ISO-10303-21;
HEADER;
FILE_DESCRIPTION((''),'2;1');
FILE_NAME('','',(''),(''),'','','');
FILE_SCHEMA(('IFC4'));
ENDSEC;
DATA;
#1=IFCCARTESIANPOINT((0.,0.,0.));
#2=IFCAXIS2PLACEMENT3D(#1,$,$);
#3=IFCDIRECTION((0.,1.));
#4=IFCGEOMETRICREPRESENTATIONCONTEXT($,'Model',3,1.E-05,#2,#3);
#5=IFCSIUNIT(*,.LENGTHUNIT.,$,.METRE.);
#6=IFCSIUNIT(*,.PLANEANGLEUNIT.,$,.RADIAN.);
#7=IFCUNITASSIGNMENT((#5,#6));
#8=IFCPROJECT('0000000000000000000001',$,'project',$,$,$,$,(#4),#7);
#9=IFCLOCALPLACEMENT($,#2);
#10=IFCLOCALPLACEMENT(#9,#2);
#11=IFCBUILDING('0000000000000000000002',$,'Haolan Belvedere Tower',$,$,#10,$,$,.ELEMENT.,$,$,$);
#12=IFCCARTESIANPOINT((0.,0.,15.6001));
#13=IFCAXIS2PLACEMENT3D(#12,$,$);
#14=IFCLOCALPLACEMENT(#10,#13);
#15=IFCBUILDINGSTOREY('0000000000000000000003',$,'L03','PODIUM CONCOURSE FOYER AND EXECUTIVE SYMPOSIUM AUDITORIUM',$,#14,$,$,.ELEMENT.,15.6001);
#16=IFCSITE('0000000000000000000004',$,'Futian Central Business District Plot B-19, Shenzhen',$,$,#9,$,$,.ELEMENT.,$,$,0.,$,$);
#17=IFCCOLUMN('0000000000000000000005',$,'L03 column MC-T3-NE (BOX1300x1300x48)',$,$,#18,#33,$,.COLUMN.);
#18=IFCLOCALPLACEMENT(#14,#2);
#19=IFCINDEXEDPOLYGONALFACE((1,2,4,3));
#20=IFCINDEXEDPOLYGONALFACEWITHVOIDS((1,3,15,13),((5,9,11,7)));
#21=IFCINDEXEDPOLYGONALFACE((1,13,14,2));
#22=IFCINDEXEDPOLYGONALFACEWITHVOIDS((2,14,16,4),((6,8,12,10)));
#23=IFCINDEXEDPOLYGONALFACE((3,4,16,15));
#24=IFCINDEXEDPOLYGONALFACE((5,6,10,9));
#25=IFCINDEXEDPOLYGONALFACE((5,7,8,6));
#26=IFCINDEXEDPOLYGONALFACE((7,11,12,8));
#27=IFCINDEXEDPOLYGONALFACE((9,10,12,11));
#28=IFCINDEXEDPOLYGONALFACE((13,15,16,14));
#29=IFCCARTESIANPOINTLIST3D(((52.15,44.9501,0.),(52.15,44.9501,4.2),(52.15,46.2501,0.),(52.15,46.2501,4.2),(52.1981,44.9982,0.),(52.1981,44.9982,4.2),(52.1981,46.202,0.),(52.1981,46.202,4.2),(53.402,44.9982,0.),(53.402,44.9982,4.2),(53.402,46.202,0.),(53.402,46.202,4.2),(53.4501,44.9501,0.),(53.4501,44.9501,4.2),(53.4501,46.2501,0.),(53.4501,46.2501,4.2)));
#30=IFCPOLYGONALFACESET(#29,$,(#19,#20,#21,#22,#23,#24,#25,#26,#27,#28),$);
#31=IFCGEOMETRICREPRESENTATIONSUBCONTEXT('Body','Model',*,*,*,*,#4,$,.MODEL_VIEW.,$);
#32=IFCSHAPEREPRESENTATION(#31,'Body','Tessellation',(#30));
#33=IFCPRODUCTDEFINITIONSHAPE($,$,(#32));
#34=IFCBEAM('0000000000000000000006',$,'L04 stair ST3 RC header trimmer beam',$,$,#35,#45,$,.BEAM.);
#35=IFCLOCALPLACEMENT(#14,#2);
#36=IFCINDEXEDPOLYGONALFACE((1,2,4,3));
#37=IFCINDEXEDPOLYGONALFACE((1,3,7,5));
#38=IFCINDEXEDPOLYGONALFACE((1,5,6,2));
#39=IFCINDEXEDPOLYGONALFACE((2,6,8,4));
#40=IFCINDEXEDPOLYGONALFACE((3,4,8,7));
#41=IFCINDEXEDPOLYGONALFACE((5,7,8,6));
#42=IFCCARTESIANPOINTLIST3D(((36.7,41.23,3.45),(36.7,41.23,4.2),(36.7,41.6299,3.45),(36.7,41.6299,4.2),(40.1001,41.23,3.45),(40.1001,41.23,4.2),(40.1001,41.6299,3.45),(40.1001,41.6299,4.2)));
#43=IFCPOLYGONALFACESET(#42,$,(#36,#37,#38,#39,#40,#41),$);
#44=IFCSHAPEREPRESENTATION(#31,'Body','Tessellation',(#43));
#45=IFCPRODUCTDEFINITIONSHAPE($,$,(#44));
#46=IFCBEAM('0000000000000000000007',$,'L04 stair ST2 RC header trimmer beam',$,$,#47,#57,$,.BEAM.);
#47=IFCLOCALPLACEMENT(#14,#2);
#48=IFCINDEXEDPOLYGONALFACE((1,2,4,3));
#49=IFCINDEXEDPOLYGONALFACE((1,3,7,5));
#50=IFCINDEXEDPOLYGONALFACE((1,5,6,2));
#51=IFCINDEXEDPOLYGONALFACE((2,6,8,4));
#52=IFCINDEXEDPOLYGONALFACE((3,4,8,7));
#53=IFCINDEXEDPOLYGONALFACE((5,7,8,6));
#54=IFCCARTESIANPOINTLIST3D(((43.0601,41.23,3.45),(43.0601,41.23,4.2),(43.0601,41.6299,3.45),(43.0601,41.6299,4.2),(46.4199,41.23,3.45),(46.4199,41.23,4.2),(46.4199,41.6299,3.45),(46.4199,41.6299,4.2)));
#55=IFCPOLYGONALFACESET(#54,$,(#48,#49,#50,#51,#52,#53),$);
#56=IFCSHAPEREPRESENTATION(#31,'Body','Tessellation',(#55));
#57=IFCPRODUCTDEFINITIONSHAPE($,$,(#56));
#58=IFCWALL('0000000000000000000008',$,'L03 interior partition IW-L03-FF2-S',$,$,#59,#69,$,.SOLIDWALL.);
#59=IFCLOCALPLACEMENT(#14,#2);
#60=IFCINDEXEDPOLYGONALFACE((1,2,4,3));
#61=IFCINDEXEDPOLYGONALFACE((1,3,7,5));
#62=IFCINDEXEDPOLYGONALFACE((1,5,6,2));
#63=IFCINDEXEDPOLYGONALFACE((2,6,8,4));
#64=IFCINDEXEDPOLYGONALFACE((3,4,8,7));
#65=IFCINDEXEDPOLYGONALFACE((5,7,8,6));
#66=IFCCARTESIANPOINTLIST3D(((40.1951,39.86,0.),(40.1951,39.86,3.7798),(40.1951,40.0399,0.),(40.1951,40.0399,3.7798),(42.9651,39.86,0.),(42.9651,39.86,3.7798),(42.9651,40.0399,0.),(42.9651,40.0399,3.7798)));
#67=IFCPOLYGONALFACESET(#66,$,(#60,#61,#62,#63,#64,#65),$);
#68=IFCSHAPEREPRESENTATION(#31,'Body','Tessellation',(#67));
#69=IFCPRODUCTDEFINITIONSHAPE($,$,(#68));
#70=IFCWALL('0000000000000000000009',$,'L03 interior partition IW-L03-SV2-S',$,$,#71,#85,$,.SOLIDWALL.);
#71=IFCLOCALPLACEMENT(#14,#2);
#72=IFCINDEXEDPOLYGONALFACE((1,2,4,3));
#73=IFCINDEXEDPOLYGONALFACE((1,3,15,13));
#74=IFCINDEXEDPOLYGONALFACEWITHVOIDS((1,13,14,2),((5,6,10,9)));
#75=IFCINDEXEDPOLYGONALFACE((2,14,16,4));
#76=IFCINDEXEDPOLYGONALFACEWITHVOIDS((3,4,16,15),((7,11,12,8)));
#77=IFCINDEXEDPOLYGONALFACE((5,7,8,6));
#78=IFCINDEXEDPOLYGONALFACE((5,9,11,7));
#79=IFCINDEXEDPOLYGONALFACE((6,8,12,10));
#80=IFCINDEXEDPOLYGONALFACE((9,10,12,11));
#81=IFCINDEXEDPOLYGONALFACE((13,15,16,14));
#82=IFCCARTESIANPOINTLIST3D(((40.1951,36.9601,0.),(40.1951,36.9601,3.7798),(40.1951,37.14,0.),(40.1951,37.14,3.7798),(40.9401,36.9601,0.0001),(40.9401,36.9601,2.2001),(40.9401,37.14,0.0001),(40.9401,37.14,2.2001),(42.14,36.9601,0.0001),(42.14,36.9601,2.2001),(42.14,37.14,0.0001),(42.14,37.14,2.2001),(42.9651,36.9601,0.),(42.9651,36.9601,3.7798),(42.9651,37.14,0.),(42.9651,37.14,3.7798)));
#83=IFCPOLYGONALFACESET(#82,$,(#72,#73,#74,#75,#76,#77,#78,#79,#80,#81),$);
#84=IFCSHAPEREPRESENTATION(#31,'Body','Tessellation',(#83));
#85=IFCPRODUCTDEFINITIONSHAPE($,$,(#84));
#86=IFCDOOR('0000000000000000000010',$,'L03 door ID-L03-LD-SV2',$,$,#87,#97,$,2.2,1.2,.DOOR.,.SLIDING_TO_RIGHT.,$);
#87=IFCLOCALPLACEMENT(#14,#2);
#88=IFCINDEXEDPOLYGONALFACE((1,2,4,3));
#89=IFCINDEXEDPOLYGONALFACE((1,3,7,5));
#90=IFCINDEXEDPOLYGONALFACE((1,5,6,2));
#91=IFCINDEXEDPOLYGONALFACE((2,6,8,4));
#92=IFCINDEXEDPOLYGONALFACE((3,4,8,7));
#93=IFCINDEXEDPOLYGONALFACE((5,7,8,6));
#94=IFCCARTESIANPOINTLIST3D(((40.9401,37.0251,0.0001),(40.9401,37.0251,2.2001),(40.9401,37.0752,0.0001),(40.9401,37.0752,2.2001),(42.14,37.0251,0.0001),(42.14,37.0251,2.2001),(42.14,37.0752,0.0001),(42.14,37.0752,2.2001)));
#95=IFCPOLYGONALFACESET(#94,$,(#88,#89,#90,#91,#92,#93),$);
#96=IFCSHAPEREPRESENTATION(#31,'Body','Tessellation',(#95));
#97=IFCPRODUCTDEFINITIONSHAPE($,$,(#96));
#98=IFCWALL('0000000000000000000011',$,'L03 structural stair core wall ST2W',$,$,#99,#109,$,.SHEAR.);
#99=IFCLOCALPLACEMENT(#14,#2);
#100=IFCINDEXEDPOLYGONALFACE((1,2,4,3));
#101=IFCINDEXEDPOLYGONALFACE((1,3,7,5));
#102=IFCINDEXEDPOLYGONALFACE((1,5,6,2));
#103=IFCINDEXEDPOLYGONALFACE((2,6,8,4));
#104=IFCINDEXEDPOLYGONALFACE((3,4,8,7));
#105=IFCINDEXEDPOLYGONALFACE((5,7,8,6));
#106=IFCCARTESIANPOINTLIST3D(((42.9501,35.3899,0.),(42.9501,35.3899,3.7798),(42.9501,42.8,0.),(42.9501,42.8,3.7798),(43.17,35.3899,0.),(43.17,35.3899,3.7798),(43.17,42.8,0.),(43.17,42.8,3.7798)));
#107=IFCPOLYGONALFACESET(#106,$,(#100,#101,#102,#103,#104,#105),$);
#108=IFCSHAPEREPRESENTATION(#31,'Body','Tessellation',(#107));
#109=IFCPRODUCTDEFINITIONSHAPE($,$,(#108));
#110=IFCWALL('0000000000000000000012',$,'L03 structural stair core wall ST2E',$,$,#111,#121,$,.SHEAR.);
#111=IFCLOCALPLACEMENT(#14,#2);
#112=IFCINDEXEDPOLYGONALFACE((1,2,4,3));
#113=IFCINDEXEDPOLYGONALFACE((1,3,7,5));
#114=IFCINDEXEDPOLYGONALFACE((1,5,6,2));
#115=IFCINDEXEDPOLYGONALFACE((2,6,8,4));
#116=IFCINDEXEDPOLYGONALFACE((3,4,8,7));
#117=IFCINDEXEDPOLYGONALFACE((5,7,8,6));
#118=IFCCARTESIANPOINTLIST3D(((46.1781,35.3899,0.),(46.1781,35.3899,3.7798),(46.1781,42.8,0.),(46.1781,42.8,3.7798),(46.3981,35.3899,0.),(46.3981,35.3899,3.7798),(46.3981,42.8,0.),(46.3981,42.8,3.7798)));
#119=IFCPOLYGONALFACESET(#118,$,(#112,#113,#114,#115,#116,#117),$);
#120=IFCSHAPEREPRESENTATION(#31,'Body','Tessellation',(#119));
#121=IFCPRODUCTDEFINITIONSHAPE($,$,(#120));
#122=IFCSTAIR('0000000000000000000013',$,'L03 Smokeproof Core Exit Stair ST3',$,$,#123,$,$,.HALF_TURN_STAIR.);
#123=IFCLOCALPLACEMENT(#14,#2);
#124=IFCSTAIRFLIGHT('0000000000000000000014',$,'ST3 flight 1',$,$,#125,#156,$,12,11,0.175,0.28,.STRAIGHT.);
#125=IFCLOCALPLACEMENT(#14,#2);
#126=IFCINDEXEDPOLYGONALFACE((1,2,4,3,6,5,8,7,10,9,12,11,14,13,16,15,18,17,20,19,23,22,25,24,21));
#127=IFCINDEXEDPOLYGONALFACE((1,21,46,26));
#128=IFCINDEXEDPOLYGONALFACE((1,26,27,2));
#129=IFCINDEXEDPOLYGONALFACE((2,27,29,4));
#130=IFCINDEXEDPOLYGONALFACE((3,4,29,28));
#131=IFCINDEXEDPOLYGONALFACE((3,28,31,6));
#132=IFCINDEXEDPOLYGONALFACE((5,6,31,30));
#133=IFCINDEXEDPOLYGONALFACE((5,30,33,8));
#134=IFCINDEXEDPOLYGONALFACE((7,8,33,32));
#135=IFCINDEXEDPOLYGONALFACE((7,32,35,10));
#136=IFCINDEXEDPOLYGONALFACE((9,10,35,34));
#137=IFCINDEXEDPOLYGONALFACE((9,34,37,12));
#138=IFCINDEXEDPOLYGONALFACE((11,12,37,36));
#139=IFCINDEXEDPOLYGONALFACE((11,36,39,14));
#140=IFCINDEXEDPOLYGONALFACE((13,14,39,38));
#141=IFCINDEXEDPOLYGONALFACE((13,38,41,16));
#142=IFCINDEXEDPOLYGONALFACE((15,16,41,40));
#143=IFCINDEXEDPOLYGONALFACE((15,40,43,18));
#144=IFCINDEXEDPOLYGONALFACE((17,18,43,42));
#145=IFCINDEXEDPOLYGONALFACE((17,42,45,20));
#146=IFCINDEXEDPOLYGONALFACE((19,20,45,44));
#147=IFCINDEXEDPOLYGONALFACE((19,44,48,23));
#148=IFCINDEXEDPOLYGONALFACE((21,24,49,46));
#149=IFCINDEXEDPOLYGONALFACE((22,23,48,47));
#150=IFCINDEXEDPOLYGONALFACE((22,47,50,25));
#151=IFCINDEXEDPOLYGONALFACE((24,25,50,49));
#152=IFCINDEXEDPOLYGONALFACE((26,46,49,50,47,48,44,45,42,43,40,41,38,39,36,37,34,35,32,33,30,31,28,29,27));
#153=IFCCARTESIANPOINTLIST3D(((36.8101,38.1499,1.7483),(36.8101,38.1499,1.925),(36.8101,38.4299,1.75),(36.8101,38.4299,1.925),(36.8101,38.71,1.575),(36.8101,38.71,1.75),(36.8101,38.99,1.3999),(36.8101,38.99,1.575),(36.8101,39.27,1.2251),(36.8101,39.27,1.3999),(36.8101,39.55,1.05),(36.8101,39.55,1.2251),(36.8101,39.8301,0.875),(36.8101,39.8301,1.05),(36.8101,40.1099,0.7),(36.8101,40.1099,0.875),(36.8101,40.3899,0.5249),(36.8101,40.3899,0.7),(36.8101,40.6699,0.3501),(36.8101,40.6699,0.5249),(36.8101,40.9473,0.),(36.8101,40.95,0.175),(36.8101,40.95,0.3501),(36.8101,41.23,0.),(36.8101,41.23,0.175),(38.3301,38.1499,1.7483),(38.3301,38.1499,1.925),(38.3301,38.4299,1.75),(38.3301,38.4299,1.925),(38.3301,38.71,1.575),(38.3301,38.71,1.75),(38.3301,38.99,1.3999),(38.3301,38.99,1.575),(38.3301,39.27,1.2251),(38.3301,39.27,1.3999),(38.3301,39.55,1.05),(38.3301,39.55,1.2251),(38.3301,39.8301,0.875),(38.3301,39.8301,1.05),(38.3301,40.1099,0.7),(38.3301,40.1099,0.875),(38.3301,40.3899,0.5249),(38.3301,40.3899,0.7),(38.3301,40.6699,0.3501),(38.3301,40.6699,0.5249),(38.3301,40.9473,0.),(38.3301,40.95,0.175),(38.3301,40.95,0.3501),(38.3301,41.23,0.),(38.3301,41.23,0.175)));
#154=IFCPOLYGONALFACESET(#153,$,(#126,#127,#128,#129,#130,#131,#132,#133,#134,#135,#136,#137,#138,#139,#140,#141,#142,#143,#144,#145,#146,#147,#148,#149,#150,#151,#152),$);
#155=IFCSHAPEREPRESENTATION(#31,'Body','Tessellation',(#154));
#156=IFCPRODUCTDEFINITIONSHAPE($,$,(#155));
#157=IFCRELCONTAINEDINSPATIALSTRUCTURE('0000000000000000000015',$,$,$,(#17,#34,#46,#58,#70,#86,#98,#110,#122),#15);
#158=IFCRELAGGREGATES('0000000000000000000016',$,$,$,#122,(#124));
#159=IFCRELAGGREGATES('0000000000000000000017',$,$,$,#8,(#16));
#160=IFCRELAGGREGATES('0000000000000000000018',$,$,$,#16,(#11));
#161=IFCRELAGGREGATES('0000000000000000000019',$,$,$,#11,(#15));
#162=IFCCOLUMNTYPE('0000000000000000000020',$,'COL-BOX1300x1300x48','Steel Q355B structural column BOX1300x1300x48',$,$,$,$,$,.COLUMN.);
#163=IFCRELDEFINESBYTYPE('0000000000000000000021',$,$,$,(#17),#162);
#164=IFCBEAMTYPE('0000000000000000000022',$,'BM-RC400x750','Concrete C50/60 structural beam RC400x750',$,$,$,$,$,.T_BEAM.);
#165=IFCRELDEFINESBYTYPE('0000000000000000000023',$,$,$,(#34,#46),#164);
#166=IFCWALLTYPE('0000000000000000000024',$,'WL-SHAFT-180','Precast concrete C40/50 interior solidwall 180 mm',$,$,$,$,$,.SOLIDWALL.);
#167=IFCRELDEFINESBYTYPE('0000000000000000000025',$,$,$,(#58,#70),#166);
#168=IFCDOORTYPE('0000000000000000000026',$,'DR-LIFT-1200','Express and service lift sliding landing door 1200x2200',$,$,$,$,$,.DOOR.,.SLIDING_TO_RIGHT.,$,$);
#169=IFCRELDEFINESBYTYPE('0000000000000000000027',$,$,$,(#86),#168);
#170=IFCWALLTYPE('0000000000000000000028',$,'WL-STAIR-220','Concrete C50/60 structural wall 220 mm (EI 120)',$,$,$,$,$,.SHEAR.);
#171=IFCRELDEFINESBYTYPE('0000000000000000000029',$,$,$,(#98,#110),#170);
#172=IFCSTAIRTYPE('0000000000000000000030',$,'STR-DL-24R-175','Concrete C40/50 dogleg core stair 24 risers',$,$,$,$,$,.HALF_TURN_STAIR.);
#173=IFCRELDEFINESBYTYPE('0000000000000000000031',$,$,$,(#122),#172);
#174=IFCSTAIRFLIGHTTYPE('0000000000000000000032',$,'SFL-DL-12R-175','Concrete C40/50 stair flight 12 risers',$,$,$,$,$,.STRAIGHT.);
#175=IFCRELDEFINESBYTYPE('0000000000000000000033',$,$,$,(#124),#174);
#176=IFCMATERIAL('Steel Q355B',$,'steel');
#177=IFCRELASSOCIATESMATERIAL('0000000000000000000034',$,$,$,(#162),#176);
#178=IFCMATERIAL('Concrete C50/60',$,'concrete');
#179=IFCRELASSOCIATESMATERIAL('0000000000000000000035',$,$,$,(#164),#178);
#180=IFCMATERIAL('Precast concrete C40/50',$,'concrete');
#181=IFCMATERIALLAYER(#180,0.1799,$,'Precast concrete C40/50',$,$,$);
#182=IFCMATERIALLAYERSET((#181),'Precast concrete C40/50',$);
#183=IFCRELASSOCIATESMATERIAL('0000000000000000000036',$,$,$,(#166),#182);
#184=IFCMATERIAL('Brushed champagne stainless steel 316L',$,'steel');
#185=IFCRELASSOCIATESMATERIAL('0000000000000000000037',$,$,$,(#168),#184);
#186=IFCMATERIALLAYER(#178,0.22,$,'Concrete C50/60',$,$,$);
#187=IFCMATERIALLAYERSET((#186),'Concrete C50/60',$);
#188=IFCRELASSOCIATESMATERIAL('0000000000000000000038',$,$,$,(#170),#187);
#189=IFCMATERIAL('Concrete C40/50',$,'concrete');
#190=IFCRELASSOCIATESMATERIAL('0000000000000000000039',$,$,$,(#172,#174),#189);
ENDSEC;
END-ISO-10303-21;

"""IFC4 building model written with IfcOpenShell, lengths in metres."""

from ifc_helpers import new_model, si_unit, direction, frame, frame_2d, origin, origin_2d, place, context, subcontext, project, spatial, polyline, rectangle, hollow_rectangle, outline, extrude, material, layer, layer_set, material_profile, profile_set, type_object, element, fill, aggregate, save


model = new_model("IFC4")

# Units and contexts
model_context = context("Model", 3, precision=1e-05, world=origin(), true_north=direction((0.0, 1.0)))
body_context = subcontext(model_context, "Body", "Model", "MODEL_VIEW")
ifc_project = project(units=[si_unit("LENGTHUNIT", "METRE"), si_unit("PLANEANGLEUNIT", "RADIAN")], contexts=[model_context])

# Site, building, storey
site_placement = place(None, origin())
site = spatial("IfcSite", under=ifc_project, at=site_placement, Name="Futian Central Business District Plot B-19, Shenzhen", CompositionType="ELEMENT", RefElevation=0.0)
building_placement = place(site_placement, origin())
building = spatial("IfcBuilding", under=site, at=building_placement, Name="Haolan Belvedere Tower", CompositionType="ELEMENT")
storey_placement = place(building_placement, frame((0.0, 0.0, 15.6001)))
storey = spatial("IfcBuildingStorey", under=building, at=storey_placement, Name="L03", Description="PODIUM CONCOURSE FOYER AND EXECUTIVE SYMPOSIUM AUDITORIUM", CompositionType="ELEMENT", Elevation=15.6001)

# Column
ifc_material_1 = material(Name="Steel Q355B", Category="steel")
ifc_material_profile_1 = material_profile(ifc_material_1, hollow_rectangle(XDim=1.3, YDim=1.3, WallThickness=0.0481, at=origin_2d()), Name="Steel Q355B")
ifc_profile_set_1 = profile_set([ifc_material_profile_1], Name="Steel Q355B")
column_type = type_object("IfcColumnType", Name="COL-BOX1300x1300x48", Description="Steel Q355B structural column BOX1300x1300x48", PredefinedType="COLUMN", material=ifc_profile_set_1)
column_placement = place(storey_placement, frame((52.8, 45.6001, 0.0), z_axis=(0.0, 0.0, 1.0), x_axis=(1.0, 0.0, 0.0)))
element("IfcColumn", 1, at=column_placement, inside=storey, type_object=column_type, Name="L03 column MC-T3-NE (BOX1300x1300x48)", PredefinedType="COLUMN", context=body_context, shape_type="SweptSolid", body=[
    extrude(hollow_rectangle(XDim=1.3, YDim=1.3, WallThickness=0.0481, at=origin_2d()), origin(), (0.0, 0.0, 1.0), 4.2),
])

# Beams
ifc_material_2 = material(Name="Concrete C50/60", Category="concrete")
ifc_material_profile_2 = material_profile(ifc_material_2, rectangle(XDim=0.3999, YDim=0.75, at=origin_2d()), Name="Concrete C50/60")
ifc_profile_set_2 = profile_set([ifc_material_profile_2], Name="Concrete C50/60")
beam_type = type_object("IfcBeamType", Name="BM-RC400x750", Description="Concrete C50/60 structural beam RC400x750", PredefinedType="T_BEAM", material=ifc_profile_set_2)
beam_1_placement = place(storey_placement, frame((36.7, 41.4299, 3.825), z_axis=(1.0, 0.0, 0.0), x_axis=(0.0, 1.0, 0.0)))
element("IfcBeam", 2, at=beam_1_placement, inside=storey, type_object=beam_type, Name="L04 stair ST3 RC header trimmer beam", PredefinedType="BEAM", context=body_context, shape_type="SweptSolid", body=[
    extrude(rectangle(XDim=0.3999, YDim=0.75, at=origin_2d()), origin(), (0.0, 0.0, 1.0), 3.4001),
])
beam_2_placement = place(storey_placement, frame((43.0601, 41.4299, 3.825), z_axis=(1.0, 0.0, 0.0), x_axis=(0.0, 1.0, 0.0)))
element("IfcBeam", 3, at=beam_2_placement, inside=storey, type_object=beam_type, Name="L04 stair ST2 RC header trimmer beam", PredefinedType="BEAM", context=body_context, shape_type="SweptSolid", body=[
    extrude(rectangle(XDim=0.3999, YDim=0.75, at=origin_2d()), origin(), (0.0, 0.0, 1.0), 3.3599),
])

# Shared definitions
ifc_material_3 = material(Name="Concrete C40/50", Category="concrete")

# Wall
ifc_material_4 = material(Name="Precast concrete C40/50", Category="concrete")
ifc_layer_1 = layer(ifc_material_4, 0.1799, Name="Precast concrete C40/50")
ifc_layer_set_1 = layer_set([ifc_layer_1], Name="Precast concrete C40/50")
wall_type_1 = type_object("IfcWallType", Name="WL-SHAFT-180", Description="Precast concrete C40/50 interior solidwall 180 mm", PredefinedType="SOLIDWALL", material=ifc_layer_set_1)
wall_1_placement = place(storey_placement, frame((40.1951, 39.95, 0.0), z_axis=(0.0, 0.0, 1.0), x_axis=(1.0, 0.0, 0.0)))
element("IfcWall", 4, at=wall_1_placement, inside=storey, type_object=wall_type_1, Name="L03 interior partition IW-L03-FF2-S", PredefinedType="SOLIDWALL", context=body_context, shape_type="SweptSolid", body=[
    extrude(rectangle(XDim=2.77, YDim=0.1799, at=frame_2d((1.385, 0.0))), origin(), (0.0, 0.0, 1.0), 3.7798),
])

# Wall, opening, door
wall_2_placement = place(storey_placement, frame((40.1951, 37.05, 0.0), z_axis=(0.0, 0.0, 1.0), x_axis=(1.0, 0.0, 0.0)))
wall_2 = element("IfcWall", 5, at=wall_2_placement, inside=storey, type_object=wall_type_1, Name="L03 interior partition IW-L03-SV2-S", PredefinedType="SOLIDWALL", context=body_context, shape_type="SweptSolid", body=[
    extrude(rectangle(XDim=2.77, YDim=0.1799, at=frame_2d((1.385, 0.0))), origin(), (0.0, 0.0, 1.0), 3.7798),
])
opening_1_placement = place(wall_2_placement, frame((1.9451, 0.0, 0.0), z_axis=(0.0, 0.0, 1.0), x_axis=(-1.0, 0.0, 0.0)))
opening_1 = element("IfcOpeningElement", 6, at=opening_1_placement, cuts=wall_2, PredefinedType="OPENING", context=body_context, shape_type="SweptSolid", body=[
    extrude(rectangle(XDim=1.2, YDim=2.2, at=frame_2d((0.6001, 1.1001))), frame((0.0, 0.0999, 0.0), z_axis=(0.0, -1.0, 0.0), x_axis=(1.0, 0.0, 0.0)), (0.0, 0.0, 1.0), 0.2),
])
ifc_material_5 = material(Name="Brushed champagne stainless steel 316L", Category="steel")
door_type_1 = type_object("IfcDoorType", Name="DR-LIFT-1200", Description="Express and service lift sliding landing door 1200x2200", OperationType="SLIDING_TO_RIGHT", PredefinedType="DOOR", material=ifc_material_5)
door_1_placement = place(opening_1_placement, origin())
door_1 = element("IfcDoor", 7, at=door_1_placement, inside=storey, type_object=door_type_1, Name="L03 door ID-L03-LD-SV2", OperationType="SLIDING_TO_RIGHT", OverallHeight=2.2, OverallWidth=1.2, PredefinedType="DOOR", context=body_context, shape_type="SweptSolid", body=[
    extrude(rectangle(XDim=1.2, YDim=2.2, at=frame_2d((0.6001, 1.1001))), frame((0.0, 0.0249, 0.0), z_axis=(0.0, -1.0, 0.0), x_axis=(1.0, 0.0, 0.0)), (0.0, 0.0, 1.0), 0.05),
])
fill(opening_1, door_1)

# Walls
ifc_layer_2 = layer(ifc_material_2, 0.22, Name="Concrete C50/60")
ifc_layer_set_2 = layer_set([ifc_layer_2], Name="Concrete C50/60")
wall_type_2 = type_object("IfcWallType", Name="WL-STAIR-220", Description="Concrete C50/60 structural wall 220 mm (EI 120)", PredefinedType="SHEAR", material=ifc_layer_set_2)
for number, where, z_axis, x_axis, name in (
    (8, (43.0601, 35.3899, 0.0), (0.0, 0.0, 1.0), (0.0, 1.0, 0.0), "L03 structural stair core wall ST2W"),
    (9, (46.2881, 35.3899, 0.0), (0.0, 0.0, 1.0), (0.0, 1.0, 0.0), "L03 structural stair core wall ST2E"),
):
    element("IfcWall", number, at=place(storey_placement, frame(where, z_axis=z_axis, x_axis=x_axis)), inside=storey, type_object=wall_type_2, Name=name, PredefinedType="SHEAR", context=body_context, shape_type="SweptSolid", body=[
        extrude(rectangle(XDim=7.4102, YDim=0.22, at=frame_2d((3.7051, 0.0))), origin(), (0.0, 0.0, 1.0), 3.7798),
    ])

# Stair, stair flight
stair_type = type_object("IfcStairType", Name="STR-DL-24R-175", Description="Concrete C40/50 dogleg core stair 24 risers", PredefinedType="HALF_TURN_STAIR", material=ifc_material_3)
stair_1_placement = place(storey_placement, origin())
stair_1 = element("IfcStair", 10, at=stair_1_placement, inside=storey, type_object=stair_type, Name="L03 Smokeproof Core Exit Stair ST3", PredefinedType="HALF_TURN_STAIR")
stair_flight_type = type_object("IfcStairFlightType", Name="SFL-DL-12R-175", Description="Concrete C40/50 stair flight 12 risers", PredefinedType="STRAIGHT", material=ifc_material_3)
stair_flight_1_placement = place(storey_placement, frame((37.5701, 41.23, 0.0), z_axis=(0.0, 0.0, 1.0), x_axis=(0.0, -1.0, 0.0)))
stair_flight_1 = element("IfcStairFlight", 11, at=stair_flight_1_placement, type_object=stair_flight_type, Name="ST3 flight 1", NumberOfRisers=12, NumberOfTreads=11, PredefinedType="STRAIGHT", RiserHeight=0.175, TreadLength=0.28, context=body_context, shape_type="SweptSolid", body=[
    extrude(outline(polyline([(0.0, 0.0), (0.0, 0.175), (0.28, 0.175), (0.28, 0.3501), (0.5601, 0.3501), (0.5601, 0.5249), (0.8401, 0.5249), (0.8401, 0.7), (1.1201, 0.7), (1.1201, 0.875), (1.3999, 0.875), (1.3999, 1.05), (1.6799, 1.05), (1.6799, 1.2251), (1.96, 1.2251), (1.96, 1.3999), (2.24, 1.3999), (2.24, 1.575), (2.52, 1.575), (2.52, 1.75), (2.8, 1.75), (2.8, 1.925), (3.0801, 1.925), (3.0801, 2.1001), (3.0801, 1.7483), (0.2827, 0.0), (0.0, 0.0)])), frame((0.0, 0.76, 0.0), z_axis=(0.0, -1.0, 0.0), x_axis=(1.0, 0.0, 0.0)), (0.0, 0.0, 1.0), 1.52),
])
aggregate(stair_1, [stair_flight_1])

save(model, "model.ifc")
